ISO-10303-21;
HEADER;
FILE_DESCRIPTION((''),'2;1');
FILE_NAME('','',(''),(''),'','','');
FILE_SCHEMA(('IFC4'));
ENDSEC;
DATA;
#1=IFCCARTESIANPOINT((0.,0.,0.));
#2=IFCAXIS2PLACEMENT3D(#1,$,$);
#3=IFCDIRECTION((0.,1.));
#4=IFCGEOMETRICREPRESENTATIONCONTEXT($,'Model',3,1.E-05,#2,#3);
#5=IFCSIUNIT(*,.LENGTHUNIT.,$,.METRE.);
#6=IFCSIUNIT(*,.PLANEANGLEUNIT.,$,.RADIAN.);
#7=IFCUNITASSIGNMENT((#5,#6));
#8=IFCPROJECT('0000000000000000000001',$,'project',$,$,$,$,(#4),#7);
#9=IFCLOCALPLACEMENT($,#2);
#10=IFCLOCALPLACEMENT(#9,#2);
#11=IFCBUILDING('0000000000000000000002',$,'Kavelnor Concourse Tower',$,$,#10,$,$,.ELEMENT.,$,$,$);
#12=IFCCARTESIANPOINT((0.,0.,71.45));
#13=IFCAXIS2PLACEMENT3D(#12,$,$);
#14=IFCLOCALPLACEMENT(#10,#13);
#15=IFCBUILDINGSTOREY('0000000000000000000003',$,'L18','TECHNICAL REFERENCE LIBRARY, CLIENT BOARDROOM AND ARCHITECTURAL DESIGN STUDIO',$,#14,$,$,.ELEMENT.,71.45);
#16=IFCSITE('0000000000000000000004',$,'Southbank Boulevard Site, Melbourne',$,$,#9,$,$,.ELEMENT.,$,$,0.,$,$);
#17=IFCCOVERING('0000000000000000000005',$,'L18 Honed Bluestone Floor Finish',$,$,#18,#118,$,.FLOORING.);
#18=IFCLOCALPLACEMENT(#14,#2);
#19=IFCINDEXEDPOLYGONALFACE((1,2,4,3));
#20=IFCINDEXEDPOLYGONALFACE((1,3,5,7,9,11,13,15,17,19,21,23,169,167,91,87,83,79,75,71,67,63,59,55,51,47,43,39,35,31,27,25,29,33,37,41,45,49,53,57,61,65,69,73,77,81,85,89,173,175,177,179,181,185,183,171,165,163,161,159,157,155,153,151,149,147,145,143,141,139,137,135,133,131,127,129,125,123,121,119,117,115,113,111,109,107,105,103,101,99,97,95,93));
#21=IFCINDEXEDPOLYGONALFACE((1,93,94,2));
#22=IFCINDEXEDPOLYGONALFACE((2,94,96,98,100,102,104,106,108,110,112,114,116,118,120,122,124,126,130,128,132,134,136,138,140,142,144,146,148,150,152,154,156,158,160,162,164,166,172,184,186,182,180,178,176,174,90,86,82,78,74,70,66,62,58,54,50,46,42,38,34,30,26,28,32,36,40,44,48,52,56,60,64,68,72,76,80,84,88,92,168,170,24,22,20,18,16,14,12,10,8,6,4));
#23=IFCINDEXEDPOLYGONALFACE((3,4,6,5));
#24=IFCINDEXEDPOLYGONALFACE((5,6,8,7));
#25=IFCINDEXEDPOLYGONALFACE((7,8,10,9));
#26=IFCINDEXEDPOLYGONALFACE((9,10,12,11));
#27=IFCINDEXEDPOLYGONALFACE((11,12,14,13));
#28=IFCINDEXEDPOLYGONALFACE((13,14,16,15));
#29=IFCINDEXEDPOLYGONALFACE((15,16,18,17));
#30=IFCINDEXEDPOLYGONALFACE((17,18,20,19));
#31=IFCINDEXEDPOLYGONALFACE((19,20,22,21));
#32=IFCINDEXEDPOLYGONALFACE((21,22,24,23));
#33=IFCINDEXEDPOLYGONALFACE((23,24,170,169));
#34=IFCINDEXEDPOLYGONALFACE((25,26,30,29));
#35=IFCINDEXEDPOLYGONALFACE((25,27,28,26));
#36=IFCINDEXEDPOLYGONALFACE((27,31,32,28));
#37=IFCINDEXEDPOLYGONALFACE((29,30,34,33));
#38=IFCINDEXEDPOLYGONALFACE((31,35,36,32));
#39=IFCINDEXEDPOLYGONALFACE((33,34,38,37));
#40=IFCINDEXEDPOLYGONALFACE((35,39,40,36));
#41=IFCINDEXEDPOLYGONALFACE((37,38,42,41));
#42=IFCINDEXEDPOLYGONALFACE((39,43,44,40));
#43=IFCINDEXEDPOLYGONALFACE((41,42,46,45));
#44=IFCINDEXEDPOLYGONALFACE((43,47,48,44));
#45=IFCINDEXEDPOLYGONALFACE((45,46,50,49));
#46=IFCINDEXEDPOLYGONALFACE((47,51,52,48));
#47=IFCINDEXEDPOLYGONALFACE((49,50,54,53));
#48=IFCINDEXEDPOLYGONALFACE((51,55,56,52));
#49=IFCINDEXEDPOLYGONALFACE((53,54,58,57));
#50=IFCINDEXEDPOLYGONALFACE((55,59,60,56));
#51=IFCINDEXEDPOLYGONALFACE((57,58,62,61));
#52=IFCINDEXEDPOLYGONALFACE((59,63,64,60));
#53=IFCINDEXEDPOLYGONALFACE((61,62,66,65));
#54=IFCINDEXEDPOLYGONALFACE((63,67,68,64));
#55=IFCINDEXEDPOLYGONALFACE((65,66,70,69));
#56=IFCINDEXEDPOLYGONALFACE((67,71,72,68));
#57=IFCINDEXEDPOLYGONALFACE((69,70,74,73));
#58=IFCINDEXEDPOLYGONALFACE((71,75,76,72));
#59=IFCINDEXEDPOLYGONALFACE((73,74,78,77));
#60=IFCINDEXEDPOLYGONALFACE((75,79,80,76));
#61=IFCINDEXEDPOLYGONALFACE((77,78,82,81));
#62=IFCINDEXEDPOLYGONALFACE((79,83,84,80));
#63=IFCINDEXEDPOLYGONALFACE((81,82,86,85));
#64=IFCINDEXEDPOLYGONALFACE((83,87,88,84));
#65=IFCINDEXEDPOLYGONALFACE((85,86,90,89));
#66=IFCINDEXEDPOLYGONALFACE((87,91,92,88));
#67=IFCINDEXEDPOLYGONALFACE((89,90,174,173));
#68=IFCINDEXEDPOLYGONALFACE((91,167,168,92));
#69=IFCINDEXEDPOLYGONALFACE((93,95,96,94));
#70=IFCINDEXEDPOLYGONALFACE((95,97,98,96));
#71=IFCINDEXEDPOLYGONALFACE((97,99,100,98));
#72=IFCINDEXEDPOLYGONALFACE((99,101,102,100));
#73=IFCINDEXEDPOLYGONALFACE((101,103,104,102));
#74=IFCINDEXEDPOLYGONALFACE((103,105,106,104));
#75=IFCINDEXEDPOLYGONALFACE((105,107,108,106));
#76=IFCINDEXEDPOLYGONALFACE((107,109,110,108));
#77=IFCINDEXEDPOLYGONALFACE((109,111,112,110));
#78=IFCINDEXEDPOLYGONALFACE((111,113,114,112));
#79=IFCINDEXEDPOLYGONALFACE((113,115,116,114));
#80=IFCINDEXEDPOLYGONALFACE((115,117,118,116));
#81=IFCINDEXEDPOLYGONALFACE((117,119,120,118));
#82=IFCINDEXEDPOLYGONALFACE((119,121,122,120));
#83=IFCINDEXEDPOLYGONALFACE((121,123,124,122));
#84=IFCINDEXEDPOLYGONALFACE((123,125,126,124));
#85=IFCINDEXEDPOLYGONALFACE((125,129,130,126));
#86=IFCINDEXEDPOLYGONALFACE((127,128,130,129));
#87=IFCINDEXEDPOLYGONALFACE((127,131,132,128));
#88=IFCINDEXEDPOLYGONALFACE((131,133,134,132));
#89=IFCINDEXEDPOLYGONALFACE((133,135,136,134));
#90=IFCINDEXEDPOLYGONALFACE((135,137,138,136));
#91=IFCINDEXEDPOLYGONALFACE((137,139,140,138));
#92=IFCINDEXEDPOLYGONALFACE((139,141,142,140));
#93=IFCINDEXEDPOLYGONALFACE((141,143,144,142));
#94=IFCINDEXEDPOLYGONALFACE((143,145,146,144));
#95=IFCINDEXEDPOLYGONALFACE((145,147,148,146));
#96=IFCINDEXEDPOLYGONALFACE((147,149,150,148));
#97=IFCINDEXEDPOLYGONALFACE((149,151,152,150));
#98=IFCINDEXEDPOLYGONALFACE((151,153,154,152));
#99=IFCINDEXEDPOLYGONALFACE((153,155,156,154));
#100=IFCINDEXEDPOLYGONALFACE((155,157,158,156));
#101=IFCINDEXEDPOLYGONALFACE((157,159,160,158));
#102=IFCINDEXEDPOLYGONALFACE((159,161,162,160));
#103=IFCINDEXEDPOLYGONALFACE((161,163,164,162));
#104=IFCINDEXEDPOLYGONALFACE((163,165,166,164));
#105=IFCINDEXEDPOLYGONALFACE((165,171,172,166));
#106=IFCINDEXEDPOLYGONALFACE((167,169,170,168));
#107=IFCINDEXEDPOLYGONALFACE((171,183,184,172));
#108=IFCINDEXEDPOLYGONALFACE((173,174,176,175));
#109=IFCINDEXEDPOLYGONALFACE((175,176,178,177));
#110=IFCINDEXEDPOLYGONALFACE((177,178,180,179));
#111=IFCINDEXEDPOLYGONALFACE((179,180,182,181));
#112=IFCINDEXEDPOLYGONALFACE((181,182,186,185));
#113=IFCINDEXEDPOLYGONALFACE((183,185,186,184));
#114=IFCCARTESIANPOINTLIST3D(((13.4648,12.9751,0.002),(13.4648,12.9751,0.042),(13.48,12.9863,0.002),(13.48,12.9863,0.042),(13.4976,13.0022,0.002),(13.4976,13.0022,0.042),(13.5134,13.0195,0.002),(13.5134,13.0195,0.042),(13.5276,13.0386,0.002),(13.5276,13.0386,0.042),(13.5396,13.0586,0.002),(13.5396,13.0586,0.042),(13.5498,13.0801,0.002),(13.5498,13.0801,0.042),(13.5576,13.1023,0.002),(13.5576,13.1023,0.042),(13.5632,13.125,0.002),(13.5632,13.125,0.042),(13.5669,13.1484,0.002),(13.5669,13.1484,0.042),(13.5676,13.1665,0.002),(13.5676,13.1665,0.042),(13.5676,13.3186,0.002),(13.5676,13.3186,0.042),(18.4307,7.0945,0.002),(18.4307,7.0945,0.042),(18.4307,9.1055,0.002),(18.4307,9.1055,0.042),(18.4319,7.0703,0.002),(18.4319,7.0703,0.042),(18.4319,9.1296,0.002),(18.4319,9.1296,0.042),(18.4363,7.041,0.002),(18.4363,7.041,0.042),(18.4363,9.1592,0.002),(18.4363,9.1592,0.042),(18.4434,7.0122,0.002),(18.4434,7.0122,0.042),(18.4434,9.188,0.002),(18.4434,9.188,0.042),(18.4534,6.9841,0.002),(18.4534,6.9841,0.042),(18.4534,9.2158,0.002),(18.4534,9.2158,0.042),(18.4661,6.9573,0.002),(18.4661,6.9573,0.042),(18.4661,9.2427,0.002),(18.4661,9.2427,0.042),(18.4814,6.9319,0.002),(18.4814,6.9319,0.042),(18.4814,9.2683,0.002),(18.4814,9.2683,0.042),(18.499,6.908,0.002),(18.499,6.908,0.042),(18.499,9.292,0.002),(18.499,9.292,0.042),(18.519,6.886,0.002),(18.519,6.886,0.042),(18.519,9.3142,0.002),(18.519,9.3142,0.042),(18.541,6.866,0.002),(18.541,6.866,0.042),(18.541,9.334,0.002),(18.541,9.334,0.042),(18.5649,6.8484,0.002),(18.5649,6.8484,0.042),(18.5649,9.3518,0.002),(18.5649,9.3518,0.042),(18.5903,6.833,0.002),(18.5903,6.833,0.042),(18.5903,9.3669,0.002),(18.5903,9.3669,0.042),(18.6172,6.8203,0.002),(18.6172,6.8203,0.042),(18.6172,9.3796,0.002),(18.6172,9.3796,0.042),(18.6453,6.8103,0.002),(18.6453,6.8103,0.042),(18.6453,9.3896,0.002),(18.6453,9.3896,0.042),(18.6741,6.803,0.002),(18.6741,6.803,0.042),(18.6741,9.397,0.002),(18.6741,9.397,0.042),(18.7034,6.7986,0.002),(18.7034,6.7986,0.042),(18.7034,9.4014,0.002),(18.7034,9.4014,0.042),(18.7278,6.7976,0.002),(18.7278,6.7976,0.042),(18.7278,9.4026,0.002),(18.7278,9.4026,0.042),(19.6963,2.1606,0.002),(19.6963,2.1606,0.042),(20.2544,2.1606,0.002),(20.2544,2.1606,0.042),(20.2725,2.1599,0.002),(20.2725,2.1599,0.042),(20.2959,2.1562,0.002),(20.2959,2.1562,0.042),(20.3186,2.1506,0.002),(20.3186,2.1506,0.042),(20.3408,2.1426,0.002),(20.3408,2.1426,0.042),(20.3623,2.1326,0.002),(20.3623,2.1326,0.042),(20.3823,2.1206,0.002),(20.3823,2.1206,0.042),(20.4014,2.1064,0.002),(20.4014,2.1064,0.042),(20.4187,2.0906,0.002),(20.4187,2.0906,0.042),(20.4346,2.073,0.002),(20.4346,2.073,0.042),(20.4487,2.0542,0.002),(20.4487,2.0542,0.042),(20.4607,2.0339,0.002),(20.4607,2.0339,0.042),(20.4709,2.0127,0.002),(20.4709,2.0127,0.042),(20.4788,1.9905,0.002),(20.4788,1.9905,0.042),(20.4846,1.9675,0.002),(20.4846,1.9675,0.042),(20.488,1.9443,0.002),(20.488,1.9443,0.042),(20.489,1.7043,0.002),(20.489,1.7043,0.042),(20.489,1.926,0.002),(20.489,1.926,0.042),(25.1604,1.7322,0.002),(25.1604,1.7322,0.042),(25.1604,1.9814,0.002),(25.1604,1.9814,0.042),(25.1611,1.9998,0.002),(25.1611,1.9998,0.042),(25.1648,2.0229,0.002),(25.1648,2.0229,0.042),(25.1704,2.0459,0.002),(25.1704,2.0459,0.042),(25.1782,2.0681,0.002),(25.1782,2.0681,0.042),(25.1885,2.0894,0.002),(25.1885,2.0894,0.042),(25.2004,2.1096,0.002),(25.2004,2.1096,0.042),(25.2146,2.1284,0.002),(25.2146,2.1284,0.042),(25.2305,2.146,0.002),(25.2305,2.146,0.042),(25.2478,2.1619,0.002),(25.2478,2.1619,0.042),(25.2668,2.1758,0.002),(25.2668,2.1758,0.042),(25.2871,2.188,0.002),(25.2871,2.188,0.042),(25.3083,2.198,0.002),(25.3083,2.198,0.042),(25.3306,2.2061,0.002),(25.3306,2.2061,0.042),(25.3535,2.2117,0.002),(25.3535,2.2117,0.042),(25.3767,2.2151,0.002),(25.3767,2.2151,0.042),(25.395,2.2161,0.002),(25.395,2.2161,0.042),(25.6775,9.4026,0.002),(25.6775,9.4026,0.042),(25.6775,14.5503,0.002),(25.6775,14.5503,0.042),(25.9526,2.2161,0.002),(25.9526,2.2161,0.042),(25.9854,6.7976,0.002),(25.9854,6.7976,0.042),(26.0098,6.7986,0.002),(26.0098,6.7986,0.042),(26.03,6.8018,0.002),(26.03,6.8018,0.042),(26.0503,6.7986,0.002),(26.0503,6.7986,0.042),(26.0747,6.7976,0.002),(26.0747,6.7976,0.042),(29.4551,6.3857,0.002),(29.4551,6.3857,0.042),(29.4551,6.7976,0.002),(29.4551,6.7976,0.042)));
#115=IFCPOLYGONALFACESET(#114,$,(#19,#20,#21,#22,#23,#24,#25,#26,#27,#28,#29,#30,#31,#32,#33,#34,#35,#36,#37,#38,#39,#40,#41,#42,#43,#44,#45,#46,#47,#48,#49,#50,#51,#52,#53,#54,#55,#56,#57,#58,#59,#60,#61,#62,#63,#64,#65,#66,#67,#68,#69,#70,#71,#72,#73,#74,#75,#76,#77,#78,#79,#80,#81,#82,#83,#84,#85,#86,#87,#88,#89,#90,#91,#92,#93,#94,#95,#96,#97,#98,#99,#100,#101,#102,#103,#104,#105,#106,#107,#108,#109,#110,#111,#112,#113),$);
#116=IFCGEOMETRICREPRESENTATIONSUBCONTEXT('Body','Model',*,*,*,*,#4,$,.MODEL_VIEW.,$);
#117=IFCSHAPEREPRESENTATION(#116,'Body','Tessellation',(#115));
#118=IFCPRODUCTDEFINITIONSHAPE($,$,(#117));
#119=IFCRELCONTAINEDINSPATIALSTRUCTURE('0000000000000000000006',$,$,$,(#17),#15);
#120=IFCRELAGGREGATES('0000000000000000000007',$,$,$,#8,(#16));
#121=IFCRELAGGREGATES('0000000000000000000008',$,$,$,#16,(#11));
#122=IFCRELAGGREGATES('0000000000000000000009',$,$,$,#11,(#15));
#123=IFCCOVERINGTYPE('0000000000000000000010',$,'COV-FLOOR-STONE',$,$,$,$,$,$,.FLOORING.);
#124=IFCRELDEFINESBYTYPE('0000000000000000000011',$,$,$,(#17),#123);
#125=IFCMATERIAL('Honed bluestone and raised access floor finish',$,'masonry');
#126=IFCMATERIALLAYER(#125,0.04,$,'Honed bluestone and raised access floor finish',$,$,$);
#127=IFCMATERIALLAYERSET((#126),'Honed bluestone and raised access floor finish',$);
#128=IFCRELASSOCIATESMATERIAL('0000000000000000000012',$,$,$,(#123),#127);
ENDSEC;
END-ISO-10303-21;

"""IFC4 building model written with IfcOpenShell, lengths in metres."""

from ifc_helpers import new_model, si_unit, direction, frame, origin, place, context, subcontext, project, spatial, polyline, outline, extrude, material, layer, layer_set, type_object, element, save


model = new_model("IFC4")

# Units and contexts
model_context = context("Model", 3, precision=1e-05, world=origin(), true_north=direction((0.0, 1.0)))
body_context = subcontext(model_context, "Body", "Model", "MODEL_VIEW")
ifc_project = project(units=[si_unit("LENGTHUNIT", "METRE"), si_unit("PLANEANGLEUNIT", "RADIAN")], contexts=[model_context])

# Site, building, storey
site_placement = place(None, origin())
site = spatial("IfcSite", under=ifc_project, at=site_placement, Name="Southbank Boulevard Site, Melbourne", CompositionType="ELEMENT", RefElevation=0.0)
building_placement = place(site_placement, origin())
building = spatial("IfcBuilding", under=site, at=building_placement, Name="Kavelnor Concourse Tower", CompositionType="ELEMENT")
storey_placement = place(building_placement, frame((0.0, 0.0, 71.45)))
storey = spatial("IfcBuildingStorey", under=building, at=storey_placement, Name="L18", Description="TECHNICAL REFERENCE LIBRARY, CLIENT BOARDROOM AND ARCHITECTURAL DESIGN STUDIO", CompositionType="ELEMENT", Elevation=71.45)

# Covering
ifc_material_1 = material(Name="Honed bluestone and raised access floor finish", Category="masonry")
ifc_layer_1 = layer(ifc_material_1, 0.04, Name="Honed bluestone and raised access floor finish")
ifc_layer_set_1 = layer_set([ifc_layer_1], Name="Honed bluestone and raised access floor finish")
covering_type_1 = type_object("IfcCoveringType", Name="COV-FLOOR-STONE", PredefinedType="FLOORING", material=ifc_layer_set_1)
covering_1_placement = place(storey_placement, frame((0.0, 0.0, 0.002)))
element("IfcCovering", 1, at=covering_1_placement, inside=storey, type_object=covering_type_1, Name="L18 Honed Bluestone Floor Finish", PredefinedType="FLOORING", context=body_context, shape_type="SweptSolid", body=[
    extrude(outline(polyline([(13.48, 12.9863), (13.4976, 13.0022), (13.5134, 13.0195), (13.5276, 13.0386), (13.5396, 13.0586), (13.5498, 13.0801), (13.5576, 13.1023), (13.5632, 13.125), (13.5669, 13.1484), (13.5676, 13.1665), (13.5676, 13.3186), (25.6775, 14.5503), (25.6775, 9.4026), (18.7278, 9.4026), (18.7034, 9.4014), (18.6741, 9.397), (18.6453, 9.3896), (18.6172, 9.3796), (18.5903, 9.3669), (18.5649, 9.3518), (18.541, 9.334), (18.519, 9.3142), (18.499, 9.292), (18.4814, 9.2683), (18.4661, 9.2427), (18.4534, 9.2158), (18.4434, 9.188), (18.4363, 9.1592), (18.4319, 9.1296), (18.4307, 9.1055), (18.4307, 7.0945), (18.4319, 7.0703), (18.4363, 7.041), (18.4434, 7.0122), (18.4534, 6.9841), (18.4661, 6.9573), (18.4814, 6.9319), (18.499, 6.908), (18.519, 6.886), (18.541, 6.866), (18.5649, 6.8484), (18.5903, 6.833), (18.6172, 6.8203), (18.6453, 6.8103), (18.6741, 6.803), (18.7034, 6.7986), (18.7278, 6.7976), (25.9854, 6.7976), (26.0098, 6.7986), (26.03, 6.8018), (26.0503, 6.7986), (26.0747, 6.7976), (29.4551, 6.7976), (29.4551, 6.3857), (25.9526, 2.2161), (25.395, 2.2161), (25.3767, 2.2151), (25.3535, 2.2117), (25.3306, 2.2061), (25.3083, 2.198), (25.2871, 2.188), (25.2668, 2.1758), (25.2478, 2.1619), (25.2305, 2.146), (25.2146, 2.1284), (25.2004, 2.1096), (25.1885, 2.0894), (25.1782, 2.0681), (25.1704, 2.0459), (25.1648, 2.0229), (25.1611, 1.9998), (25.1604, 1.9814), (25.1604, 1.7322), (20.489, 1.7043), (20.489, 1.926), (20.488, 1.9443), (20.4846, 1.9675), (20.4788, 1.9905), (20.4709, 2.0127), (20.4607, 2.0339), (20.4487, 2.0542), (20.4346, 2.073), (20.4187, 2.0906), (20.4014, 2.1064), (20.3823, 2.1206), (20.3623, 2.1326), (20.3408, 2.1426), (20.3186, 2.1506), (20.2959, 2.1562), (20.2725, 2.1599), (20.2544, 2.1606), (19.6963, 2.1606), (13.4648, 12.9751), (13.48, 12.9863)])), origin(), (0.0, 0.0, 1.0), 0.04),
])

save(model, "model.ifc")
